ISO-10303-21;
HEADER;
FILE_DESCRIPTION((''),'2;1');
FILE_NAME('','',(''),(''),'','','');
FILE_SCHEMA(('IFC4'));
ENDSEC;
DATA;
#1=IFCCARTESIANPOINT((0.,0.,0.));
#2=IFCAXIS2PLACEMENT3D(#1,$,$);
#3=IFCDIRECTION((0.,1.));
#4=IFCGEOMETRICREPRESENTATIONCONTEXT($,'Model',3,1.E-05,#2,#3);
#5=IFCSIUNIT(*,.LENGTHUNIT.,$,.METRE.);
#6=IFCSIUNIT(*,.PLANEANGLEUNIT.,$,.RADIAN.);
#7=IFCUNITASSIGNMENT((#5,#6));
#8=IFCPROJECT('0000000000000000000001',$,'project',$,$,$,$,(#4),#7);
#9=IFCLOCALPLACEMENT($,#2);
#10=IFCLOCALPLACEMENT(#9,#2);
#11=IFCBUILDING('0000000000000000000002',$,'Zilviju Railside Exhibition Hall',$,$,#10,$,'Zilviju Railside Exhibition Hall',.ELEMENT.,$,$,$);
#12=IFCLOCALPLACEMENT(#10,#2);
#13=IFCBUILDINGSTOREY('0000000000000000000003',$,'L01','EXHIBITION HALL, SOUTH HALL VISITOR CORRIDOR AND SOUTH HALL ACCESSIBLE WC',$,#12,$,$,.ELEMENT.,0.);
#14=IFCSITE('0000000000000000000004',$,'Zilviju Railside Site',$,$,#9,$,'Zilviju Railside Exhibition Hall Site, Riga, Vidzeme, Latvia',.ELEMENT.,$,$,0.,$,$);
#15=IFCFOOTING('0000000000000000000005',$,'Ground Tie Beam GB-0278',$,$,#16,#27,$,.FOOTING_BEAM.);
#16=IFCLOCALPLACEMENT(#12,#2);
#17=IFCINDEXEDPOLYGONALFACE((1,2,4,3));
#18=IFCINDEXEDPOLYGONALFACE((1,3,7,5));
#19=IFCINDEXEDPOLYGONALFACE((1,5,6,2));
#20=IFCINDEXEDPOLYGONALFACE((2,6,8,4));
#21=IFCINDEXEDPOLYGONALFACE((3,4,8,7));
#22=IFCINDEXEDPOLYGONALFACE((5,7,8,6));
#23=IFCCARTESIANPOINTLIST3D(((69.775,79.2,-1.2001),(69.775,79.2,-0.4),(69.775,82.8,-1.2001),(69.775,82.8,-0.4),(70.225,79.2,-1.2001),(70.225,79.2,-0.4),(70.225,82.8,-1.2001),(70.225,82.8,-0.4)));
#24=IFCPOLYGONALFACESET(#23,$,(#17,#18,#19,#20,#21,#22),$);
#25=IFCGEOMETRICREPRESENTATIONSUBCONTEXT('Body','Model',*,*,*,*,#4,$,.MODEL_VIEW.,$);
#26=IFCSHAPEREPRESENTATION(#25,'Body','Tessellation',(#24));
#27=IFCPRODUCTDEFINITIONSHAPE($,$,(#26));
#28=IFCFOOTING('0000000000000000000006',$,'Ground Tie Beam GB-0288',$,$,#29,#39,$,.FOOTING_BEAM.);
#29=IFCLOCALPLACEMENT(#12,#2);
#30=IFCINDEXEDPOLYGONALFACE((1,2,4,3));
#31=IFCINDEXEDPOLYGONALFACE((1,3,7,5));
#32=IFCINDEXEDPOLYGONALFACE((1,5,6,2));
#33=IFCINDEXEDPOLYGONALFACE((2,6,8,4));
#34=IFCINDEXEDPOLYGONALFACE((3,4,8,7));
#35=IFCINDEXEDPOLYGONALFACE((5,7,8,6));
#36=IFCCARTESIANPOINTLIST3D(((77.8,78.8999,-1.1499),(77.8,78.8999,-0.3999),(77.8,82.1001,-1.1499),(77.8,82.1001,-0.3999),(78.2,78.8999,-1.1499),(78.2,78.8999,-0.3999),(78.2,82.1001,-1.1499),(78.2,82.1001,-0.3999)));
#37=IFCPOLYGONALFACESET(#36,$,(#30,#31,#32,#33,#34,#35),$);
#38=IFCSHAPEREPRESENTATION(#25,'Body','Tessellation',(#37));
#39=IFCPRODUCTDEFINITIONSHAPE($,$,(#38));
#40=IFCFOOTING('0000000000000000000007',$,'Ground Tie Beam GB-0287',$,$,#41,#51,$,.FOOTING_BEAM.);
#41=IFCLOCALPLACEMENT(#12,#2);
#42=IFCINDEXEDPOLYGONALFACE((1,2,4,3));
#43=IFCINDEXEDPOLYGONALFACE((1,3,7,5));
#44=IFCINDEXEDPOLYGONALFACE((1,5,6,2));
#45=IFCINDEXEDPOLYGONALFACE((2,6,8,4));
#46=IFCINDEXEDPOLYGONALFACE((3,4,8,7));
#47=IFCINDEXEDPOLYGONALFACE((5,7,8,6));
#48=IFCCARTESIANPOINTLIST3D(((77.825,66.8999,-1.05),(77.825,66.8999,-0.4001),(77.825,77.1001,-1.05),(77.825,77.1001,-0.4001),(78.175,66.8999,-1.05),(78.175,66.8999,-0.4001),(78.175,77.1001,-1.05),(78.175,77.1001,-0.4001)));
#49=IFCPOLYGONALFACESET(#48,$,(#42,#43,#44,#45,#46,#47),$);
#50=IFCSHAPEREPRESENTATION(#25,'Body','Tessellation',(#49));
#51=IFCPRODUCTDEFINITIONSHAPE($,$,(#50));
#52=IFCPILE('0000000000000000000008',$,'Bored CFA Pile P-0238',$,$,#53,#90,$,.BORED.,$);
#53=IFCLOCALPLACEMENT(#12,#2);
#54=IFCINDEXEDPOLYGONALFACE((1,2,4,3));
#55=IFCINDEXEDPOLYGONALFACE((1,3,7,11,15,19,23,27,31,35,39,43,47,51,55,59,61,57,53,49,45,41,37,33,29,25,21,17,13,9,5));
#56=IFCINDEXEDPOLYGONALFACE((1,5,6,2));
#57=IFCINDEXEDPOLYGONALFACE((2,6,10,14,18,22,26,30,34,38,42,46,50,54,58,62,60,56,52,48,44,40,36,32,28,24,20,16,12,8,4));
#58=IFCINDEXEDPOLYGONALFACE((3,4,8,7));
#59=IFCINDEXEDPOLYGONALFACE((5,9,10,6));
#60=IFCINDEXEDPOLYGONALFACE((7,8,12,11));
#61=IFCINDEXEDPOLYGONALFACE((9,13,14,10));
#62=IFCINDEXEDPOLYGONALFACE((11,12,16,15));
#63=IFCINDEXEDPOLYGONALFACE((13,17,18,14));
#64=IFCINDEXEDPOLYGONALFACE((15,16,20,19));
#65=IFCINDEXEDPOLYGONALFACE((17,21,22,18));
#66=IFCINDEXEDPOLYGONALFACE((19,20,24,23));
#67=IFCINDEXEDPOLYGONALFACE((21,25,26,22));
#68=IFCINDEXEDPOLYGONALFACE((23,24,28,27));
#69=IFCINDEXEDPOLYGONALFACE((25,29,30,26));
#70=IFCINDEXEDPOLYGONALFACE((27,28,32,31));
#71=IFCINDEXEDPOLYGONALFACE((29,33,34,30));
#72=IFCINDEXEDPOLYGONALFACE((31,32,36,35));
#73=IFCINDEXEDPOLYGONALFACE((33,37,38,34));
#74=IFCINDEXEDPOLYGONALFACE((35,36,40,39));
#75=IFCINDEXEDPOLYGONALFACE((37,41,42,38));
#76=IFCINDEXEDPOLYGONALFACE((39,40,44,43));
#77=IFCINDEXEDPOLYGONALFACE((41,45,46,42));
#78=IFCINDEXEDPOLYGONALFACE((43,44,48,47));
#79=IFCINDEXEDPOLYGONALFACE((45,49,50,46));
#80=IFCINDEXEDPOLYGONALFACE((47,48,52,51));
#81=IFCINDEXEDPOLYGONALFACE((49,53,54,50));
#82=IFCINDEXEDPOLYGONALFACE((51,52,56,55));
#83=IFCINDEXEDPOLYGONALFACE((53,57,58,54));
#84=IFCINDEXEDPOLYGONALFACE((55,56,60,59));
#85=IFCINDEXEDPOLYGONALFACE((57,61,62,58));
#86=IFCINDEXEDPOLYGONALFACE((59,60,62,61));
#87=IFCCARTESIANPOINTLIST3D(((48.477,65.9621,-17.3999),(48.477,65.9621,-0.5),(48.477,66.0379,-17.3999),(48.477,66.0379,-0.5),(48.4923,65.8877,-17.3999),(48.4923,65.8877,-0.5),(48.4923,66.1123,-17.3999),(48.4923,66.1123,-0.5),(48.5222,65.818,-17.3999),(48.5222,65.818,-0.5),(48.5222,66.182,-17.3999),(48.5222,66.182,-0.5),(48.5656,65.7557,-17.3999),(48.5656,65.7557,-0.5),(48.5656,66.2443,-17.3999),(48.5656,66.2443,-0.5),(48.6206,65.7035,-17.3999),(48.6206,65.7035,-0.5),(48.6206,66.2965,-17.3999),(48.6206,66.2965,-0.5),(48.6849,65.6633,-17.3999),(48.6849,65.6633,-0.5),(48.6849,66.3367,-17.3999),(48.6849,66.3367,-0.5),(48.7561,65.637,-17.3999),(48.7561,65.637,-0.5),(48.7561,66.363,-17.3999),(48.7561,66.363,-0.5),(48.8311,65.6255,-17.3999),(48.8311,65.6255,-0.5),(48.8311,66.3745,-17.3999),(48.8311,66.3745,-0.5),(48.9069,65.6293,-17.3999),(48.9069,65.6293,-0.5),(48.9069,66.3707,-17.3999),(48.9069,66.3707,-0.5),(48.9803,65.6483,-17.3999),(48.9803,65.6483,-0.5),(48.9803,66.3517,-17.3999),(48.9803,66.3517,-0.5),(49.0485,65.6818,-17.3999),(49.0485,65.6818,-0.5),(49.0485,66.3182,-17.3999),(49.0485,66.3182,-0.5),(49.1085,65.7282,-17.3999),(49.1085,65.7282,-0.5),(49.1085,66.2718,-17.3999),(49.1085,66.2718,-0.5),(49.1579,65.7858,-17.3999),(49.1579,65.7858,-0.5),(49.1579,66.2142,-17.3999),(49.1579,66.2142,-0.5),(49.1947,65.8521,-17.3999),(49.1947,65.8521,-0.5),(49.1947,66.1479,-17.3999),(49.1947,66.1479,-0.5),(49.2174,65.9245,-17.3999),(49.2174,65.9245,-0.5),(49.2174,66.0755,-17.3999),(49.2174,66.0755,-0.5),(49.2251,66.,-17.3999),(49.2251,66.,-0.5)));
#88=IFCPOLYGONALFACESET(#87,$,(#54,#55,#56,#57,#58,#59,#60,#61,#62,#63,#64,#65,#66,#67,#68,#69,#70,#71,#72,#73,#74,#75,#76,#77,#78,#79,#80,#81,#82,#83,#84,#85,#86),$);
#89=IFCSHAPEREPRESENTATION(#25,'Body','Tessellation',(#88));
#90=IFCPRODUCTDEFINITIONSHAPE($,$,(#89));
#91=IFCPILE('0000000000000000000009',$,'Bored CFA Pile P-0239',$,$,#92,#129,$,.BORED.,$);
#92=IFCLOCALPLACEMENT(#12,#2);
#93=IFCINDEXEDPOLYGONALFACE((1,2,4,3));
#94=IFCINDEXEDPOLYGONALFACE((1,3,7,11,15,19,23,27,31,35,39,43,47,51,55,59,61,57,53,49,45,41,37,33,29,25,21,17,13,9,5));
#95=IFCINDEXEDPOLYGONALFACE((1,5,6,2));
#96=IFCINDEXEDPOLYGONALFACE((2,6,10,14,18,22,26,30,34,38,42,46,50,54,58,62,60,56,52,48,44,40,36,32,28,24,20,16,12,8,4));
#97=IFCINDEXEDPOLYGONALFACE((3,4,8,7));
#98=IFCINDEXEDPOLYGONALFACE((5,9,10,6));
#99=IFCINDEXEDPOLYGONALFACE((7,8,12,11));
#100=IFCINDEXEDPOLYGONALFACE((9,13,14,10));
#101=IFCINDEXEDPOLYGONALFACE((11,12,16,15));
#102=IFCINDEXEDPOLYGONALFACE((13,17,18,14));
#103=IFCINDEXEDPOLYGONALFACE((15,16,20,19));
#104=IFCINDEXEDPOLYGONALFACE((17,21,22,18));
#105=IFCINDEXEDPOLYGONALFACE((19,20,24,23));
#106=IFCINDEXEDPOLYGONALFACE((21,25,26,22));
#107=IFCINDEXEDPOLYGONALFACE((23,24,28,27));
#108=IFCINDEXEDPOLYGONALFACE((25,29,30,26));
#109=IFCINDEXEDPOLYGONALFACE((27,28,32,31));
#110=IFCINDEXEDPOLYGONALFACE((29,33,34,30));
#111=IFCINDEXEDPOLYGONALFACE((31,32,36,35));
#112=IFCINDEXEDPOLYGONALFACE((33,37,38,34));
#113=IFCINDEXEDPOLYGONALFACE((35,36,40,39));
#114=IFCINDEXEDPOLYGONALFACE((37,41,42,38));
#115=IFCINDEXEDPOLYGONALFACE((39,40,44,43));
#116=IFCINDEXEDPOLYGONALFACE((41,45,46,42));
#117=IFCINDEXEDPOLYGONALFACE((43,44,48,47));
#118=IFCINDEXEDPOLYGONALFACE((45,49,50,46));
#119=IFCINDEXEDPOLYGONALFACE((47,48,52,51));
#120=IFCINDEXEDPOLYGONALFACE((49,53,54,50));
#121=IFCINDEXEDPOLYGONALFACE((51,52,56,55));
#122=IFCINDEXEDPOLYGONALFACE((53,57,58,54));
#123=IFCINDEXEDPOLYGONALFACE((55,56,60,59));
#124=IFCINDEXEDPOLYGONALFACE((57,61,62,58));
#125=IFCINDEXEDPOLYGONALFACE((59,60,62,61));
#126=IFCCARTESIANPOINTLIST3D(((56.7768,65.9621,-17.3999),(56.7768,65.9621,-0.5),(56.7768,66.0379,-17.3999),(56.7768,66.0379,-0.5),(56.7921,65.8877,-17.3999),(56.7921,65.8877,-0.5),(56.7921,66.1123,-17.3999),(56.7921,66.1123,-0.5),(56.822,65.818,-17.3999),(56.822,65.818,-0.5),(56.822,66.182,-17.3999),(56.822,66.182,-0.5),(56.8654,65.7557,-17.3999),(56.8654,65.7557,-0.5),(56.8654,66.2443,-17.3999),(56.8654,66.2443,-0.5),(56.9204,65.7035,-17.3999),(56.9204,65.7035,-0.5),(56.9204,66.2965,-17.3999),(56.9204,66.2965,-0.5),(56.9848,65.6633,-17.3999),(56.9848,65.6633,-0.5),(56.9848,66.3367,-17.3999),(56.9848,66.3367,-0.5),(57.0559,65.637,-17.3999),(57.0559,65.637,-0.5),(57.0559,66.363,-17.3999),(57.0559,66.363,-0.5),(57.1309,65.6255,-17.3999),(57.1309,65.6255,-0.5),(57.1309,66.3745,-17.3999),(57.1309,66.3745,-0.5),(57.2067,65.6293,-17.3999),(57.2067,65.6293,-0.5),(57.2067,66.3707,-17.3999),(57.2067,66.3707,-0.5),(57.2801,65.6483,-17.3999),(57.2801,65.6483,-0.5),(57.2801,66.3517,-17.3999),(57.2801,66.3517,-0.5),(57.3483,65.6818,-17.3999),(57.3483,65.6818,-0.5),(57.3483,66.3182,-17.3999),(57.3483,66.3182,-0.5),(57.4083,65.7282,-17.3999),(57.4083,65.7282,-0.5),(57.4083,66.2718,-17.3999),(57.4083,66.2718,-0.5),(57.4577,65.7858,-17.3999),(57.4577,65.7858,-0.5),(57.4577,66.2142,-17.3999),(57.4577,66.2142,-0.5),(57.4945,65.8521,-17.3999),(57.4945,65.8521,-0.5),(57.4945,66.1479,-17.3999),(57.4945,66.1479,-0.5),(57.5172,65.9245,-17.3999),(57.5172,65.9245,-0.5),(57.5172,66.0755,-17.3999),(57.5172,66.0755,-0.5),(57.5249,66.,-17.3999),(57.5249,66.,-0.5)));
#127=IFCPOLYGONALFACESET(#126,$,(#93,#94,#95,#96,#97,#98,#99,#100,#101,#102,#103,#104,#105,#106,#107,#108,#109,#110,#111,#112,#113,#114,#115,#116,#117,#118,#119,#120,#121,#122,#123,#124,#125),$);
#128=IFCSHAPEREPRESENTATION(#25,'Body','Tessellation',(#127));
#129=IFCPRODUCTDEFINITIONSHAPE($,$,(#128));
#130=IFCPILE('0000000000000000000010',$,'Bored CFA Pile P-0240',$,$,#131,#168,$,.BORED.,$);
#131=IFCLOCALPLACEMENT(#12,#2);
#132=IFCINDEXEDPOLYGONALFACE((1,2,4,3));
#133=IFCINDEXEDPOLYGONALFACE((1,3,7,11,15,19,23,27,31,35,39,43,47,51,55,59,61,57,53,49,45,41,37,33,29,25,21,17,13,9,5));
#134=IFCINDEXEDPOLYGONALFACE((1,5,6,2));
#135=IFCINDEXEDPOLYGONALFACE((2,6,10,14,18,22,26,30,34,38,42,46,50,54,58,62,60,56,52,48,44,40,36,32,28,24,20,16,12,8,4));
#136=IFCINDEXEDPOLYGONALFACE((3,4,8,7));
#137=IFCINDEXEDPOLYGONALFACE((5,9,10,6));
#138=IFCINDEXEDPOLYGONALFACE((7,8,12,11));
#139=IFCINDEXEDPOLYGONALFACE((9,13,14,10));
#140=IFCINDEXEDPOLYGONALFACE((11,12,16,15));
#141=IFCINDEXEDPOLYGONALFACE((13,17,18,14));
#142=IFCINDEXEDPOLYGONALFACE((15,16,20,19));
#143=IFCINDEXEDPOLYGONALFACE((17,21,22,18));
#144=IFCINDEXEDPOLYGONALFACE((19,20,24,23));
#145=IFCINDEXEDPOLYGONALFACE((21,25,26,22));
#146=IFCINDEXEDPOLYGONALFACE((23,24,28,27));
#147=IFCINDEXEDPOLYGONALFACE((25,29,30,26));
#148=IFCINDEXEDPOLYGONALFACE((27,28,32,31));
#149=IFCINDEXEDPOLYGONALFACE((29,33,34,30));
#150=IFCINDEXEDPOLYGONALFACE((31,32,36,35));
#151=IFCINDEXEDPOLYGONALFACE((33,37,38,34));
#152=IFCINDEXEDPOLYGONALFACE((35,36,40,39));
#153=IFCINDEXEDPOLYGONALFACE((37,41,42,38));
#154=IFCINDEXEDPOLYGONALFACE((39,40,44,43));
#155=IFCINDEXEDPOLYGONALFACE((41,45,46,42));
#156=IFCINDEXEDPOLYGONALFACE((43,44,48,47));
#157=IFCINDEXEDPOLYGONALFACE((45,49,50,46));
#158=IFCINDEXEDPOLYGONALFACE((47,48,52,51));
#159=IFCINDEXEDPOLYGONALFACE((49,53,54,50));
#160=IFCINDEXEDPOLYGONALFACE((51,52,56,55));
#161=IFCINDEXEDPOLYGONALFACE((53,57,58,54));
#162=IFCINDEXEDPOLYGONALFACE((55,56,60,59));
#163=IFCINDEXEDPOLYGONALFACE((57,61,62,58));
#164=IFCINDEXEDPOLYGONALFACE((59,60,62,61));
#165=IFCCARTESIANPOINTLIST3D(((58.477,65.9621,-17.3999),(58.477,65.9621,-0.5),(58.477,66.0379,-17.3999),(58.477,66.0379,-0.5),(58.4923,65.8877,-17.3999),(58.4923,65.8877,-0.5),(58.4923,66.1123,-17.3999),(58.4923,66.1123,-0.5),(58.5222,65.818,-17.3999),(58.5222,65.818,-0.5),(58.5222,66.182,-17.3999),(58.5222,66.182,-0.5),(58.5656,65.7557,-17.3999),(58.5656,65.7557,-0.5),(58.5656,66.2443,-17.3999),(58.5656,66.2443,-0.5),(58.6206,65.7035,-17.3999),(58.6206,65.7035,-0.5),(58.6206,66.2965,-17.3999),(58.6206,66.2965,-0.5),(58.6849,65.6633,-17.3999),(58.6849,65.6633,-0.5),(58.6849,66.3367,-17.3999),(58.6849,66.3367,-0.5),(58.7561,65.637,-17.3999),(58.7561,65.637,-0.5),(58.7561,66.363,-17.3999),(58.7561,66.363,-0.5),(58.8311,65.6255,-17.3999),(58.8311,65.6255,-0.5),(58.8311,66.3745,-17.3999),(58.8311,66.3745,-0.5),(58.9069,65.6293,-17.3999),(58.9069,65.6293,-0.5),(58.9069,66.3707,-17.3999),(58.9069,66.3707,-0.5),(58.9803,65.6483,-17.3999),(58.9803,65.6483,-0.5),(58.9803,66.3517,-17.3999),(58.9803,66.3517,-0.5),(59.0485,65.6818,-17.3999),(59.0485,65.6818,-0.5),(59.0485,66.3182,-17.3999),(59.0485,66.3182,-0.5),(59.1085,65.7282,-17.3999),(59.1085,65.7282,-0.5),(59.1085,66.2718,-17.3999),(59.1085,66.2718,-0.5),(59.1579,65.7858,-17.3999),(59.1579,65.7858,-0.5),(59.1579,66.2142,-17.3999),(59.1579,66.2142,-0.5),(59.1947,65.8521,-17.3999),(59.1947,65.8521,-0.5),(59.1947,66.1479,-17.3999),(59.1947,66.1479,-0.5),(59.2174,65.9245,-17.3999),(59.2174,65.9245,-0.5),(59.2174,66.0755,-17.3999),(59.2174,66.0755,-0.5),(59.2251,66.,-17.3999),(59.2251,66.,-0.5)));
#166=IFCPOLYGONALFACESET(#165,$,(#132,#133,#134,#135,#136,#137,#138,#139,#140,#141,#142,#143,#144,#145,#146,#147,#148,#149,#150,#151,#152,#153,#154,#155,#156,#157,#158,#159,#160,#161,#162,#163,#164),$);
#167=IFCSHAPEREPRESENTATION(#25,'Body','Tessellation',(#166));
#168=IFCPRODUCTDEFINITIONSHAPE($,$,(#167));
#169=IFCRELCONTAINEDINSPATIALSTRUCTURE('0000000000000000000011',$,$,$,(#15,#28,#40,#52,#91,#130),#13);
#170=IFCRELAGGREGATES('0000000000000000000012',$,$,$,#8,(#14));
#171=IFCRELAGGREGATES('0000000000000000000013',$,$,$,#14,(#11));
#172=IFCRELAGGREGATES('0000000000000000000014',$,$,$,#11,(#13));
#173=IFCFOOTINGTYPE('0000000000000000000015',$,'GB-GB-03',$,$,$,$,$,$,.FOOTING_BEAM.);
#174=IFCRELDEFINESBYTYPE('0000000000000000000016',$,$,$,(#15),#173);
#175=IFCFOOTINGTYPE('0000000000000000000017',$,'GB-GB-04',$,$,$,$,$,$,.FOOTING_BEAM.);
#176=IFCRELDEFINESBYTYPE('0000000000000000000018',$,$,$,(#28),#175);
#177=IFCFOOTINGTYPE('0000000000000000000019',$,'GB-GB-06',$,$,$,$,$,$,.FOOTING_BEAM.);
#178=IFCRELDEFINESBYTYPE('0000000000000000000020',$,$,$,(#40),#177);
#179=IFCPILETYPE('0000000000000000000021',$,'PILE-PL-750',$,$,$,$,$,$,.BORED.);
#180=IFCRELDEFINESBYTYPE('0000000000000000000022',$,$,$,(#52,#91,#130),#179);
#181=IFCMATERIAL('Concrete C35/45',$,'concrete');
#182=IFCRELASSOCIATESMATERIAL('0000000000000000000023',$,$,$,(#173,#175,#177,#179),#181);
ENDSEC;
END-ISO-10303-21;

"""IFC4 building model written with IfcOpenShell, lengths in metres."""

from ifc_helpers import new_model, si_unit, direction, frame, origin, origin_2d, place, context, subcontext, project, spatial, rectangle, circle, extrude, material, material_profile, profile_set, type_object, element, save


model = new_model("IFC4")

# Units and contexts
model_context = context("Model", 3, precision=1e-05, world=origin(), true_north=direction((0.0, 1.0)))
body_context = subcontext(model_context, "Body", "Model", "MODEL_VIEW")
ifc_project = project(units=[si_unit("LENGTHUNIT", "METRE"), si_unit("PLANEANGLEUNIT", "RADIAN")], contexts=[model_context])

# Site, building, storey
site_placement = place(None, origin())
site = spatial("IfcSite", under=ifc_project, at=site_placement, Name="Zilviju Railside Site", LongName="Zilviju Railside Exhibition Hall Site, Riga, Vidzeme, Latvia", CompositionType="ELEMENT", RefElevation=0.0)
building_placement = place(site_placement, origin())
building = spatial("IfcBuilding", under=site, at=building_placement, Name="Zilviju Railside Exhibition Hall", LongName="Zilviju Railside Exhibition Hall", CompositionType="ELEMENT")
storey_placement = place(building_placement, origin())
storey = spatial("IfcBuildingStorey", under=building, at=storey_placement, Name="L01", Description="EXHIBITION HALL, SOUTH HALL VISITOR CORRIDOR AND SOUTH HALL ACCESSIBLE WC", CompositionType="ELEMENT", Elevation=0.0)

# Footings
ifc_material_1 = material(Name="Concrete C35/45", Category="concrete")
ifc_material_profile_1 = material_profile(ifc_material_1, rectangle(XDim=0.45, YDim=0.8, at=origin_2d()), Name="TIE BEAM 450x800")
ifc_profile_set_1 = profile_set([ifc_material_profile_1], Name="Concrete C35/45")
footing_type_1 = type_object("IfcFootingType", Name="GB-GB-03", PredefinedType="FOOTING_BEAM", material=ifc_profile_set_1)
footing_1_placement = place(storey_placement, frame((70.0, 79.2, -0.8), z_axis=(0.0, 1.0, 0.0), x_axis=(-1.0, 0.0, 0.0)))
element("IfcFooting", 1, at=footing_1_placement, inside=storey, type_object=footing_type_1, Name="Ground Tie Beam GB-0278", PredefinedType="FOOTING_BEAM", context=body_context, shape_type="SweptSolid", body=[
    extrude(rectangle(XDim=0.45, YDim=0.8, at=origin_2d()), origin(), (0.0, 0.0, 1.0), 3.6001),
])
ifc_material_profile_2 = material_profile(ifc_material_1, rectangle(XDim=0.3999, YDim=0.75, at=origin_2d()), Name="TIE BEAM 400x750")
ifc_profile_set_2 = profile_set([ifc_material_profile_2], Name="Concrete C35/45")
footing_type_2 = type_object("IfcFootingType", Name="GB-GB-04", PredefinedType="FOOTING_BEAM", material=ifc_profile_set_2)
footing_2_placement = place(storey_placement, frame((78.0, 78.8999, -0.7749), z_axis=(0.0, 1.0, 0.0), x_axis=(-1.0, 0.0, 0.0)))
element("IfcFooting", 2, at=footing_2_placement, inside=storey, type_object=footing_type_2, Name="Ground Tie Beam GB-0288", PredefinedType="FOOTING_BEAM", context=body_context, shape_type="SweptSolid", body=[
    extrude(rectangle(XDim=0.3999, YDim=0.75, at=origin_2d()), origin(), (0.0, 0.0, 1.0), 3.2002),
])
ifc_material_profile_3 = material_profile(ifc_material_1, rectangle(XDim=0.3501, YDim=0.6499, at=origin_2d()), Name="TIE BEAM 350x650")
ifc_profile_set_3 = profile_set([ifc_material_profile_3], Name="Concrete C35/45")
footing_type_3 = type_object("IfcFootingType", Name="GB-GB-06", PredefinedType="FOOTING_BEAM", material=ifc_profile_set_3)
footing_3_placement = place(storey_placement, frame((78.0, 66.8999, -0.7251), z_axis=(0.0, 1.0, 0.0), x_axis=(-1.0, 0.0, 0.0)))
element("IfcFooting", 3, at=footing_3_placement, inside=storey, type_object=footing_type_3, Name="Ground Tie Beam GB-0287", PredefinedType="FOOTING_BEAM", context=body_context, shape_type="SweptSolid", body=[
    extrude(rectangle(XDim=0.3501, YDim=0.6499, at=origin_2d()), origin(), (0.0, 0.0, 1.0), 10.2002),
])

# Piles
ifc_material_profile_4 = material_profile(ifc_material_1, circle(Radius=0.375, at=origin_2d()), Name="CFA PILE D750")
ifc_profile_set_4 = profile_set([ifc_material_profile_4], Name="Concrete C35/45")
pile_type_1 = type_object("IfcPileType", Name="PILE-PL-750", PredefinedType="BORED", material=ifc_profile_set_4)
for number, where, z_axis, x_axis, name in (
    (4, (48.8501, 66.0, -0.5), (0.0, 0.0, -1.0), (1.0, 0.0, 0.0), "Bored CFA Pile P-0238"),
    (5, (57.1499, 66.0, -0.5), (0.0, 0.0, -1.0), (1.0, 0.0, 0.0), "Bored CFA Pile P-0239"),
    (6, (58.8501, 66.0, -0.5), (0.0, 0.0, -1.0), (1.0, 0.0, 0.0), "Bored CFA Pile P-0240"),
):
    element("IfcPile", number, at=place(storey_placement, frame(where, z_axis=z_axis, x_axis=x_axis)), inside=storey, type_object=pile_type_1, Name=name, PredefinedType="BORED", context=body_context, shape_type="SweptSolid", body=[
        extrude(circle(Radius=0.375, at=origin_2d()), origin(), (0.0, 0.0, 1.0), 16.8999),
    ])

save(model, "model.ifc")
